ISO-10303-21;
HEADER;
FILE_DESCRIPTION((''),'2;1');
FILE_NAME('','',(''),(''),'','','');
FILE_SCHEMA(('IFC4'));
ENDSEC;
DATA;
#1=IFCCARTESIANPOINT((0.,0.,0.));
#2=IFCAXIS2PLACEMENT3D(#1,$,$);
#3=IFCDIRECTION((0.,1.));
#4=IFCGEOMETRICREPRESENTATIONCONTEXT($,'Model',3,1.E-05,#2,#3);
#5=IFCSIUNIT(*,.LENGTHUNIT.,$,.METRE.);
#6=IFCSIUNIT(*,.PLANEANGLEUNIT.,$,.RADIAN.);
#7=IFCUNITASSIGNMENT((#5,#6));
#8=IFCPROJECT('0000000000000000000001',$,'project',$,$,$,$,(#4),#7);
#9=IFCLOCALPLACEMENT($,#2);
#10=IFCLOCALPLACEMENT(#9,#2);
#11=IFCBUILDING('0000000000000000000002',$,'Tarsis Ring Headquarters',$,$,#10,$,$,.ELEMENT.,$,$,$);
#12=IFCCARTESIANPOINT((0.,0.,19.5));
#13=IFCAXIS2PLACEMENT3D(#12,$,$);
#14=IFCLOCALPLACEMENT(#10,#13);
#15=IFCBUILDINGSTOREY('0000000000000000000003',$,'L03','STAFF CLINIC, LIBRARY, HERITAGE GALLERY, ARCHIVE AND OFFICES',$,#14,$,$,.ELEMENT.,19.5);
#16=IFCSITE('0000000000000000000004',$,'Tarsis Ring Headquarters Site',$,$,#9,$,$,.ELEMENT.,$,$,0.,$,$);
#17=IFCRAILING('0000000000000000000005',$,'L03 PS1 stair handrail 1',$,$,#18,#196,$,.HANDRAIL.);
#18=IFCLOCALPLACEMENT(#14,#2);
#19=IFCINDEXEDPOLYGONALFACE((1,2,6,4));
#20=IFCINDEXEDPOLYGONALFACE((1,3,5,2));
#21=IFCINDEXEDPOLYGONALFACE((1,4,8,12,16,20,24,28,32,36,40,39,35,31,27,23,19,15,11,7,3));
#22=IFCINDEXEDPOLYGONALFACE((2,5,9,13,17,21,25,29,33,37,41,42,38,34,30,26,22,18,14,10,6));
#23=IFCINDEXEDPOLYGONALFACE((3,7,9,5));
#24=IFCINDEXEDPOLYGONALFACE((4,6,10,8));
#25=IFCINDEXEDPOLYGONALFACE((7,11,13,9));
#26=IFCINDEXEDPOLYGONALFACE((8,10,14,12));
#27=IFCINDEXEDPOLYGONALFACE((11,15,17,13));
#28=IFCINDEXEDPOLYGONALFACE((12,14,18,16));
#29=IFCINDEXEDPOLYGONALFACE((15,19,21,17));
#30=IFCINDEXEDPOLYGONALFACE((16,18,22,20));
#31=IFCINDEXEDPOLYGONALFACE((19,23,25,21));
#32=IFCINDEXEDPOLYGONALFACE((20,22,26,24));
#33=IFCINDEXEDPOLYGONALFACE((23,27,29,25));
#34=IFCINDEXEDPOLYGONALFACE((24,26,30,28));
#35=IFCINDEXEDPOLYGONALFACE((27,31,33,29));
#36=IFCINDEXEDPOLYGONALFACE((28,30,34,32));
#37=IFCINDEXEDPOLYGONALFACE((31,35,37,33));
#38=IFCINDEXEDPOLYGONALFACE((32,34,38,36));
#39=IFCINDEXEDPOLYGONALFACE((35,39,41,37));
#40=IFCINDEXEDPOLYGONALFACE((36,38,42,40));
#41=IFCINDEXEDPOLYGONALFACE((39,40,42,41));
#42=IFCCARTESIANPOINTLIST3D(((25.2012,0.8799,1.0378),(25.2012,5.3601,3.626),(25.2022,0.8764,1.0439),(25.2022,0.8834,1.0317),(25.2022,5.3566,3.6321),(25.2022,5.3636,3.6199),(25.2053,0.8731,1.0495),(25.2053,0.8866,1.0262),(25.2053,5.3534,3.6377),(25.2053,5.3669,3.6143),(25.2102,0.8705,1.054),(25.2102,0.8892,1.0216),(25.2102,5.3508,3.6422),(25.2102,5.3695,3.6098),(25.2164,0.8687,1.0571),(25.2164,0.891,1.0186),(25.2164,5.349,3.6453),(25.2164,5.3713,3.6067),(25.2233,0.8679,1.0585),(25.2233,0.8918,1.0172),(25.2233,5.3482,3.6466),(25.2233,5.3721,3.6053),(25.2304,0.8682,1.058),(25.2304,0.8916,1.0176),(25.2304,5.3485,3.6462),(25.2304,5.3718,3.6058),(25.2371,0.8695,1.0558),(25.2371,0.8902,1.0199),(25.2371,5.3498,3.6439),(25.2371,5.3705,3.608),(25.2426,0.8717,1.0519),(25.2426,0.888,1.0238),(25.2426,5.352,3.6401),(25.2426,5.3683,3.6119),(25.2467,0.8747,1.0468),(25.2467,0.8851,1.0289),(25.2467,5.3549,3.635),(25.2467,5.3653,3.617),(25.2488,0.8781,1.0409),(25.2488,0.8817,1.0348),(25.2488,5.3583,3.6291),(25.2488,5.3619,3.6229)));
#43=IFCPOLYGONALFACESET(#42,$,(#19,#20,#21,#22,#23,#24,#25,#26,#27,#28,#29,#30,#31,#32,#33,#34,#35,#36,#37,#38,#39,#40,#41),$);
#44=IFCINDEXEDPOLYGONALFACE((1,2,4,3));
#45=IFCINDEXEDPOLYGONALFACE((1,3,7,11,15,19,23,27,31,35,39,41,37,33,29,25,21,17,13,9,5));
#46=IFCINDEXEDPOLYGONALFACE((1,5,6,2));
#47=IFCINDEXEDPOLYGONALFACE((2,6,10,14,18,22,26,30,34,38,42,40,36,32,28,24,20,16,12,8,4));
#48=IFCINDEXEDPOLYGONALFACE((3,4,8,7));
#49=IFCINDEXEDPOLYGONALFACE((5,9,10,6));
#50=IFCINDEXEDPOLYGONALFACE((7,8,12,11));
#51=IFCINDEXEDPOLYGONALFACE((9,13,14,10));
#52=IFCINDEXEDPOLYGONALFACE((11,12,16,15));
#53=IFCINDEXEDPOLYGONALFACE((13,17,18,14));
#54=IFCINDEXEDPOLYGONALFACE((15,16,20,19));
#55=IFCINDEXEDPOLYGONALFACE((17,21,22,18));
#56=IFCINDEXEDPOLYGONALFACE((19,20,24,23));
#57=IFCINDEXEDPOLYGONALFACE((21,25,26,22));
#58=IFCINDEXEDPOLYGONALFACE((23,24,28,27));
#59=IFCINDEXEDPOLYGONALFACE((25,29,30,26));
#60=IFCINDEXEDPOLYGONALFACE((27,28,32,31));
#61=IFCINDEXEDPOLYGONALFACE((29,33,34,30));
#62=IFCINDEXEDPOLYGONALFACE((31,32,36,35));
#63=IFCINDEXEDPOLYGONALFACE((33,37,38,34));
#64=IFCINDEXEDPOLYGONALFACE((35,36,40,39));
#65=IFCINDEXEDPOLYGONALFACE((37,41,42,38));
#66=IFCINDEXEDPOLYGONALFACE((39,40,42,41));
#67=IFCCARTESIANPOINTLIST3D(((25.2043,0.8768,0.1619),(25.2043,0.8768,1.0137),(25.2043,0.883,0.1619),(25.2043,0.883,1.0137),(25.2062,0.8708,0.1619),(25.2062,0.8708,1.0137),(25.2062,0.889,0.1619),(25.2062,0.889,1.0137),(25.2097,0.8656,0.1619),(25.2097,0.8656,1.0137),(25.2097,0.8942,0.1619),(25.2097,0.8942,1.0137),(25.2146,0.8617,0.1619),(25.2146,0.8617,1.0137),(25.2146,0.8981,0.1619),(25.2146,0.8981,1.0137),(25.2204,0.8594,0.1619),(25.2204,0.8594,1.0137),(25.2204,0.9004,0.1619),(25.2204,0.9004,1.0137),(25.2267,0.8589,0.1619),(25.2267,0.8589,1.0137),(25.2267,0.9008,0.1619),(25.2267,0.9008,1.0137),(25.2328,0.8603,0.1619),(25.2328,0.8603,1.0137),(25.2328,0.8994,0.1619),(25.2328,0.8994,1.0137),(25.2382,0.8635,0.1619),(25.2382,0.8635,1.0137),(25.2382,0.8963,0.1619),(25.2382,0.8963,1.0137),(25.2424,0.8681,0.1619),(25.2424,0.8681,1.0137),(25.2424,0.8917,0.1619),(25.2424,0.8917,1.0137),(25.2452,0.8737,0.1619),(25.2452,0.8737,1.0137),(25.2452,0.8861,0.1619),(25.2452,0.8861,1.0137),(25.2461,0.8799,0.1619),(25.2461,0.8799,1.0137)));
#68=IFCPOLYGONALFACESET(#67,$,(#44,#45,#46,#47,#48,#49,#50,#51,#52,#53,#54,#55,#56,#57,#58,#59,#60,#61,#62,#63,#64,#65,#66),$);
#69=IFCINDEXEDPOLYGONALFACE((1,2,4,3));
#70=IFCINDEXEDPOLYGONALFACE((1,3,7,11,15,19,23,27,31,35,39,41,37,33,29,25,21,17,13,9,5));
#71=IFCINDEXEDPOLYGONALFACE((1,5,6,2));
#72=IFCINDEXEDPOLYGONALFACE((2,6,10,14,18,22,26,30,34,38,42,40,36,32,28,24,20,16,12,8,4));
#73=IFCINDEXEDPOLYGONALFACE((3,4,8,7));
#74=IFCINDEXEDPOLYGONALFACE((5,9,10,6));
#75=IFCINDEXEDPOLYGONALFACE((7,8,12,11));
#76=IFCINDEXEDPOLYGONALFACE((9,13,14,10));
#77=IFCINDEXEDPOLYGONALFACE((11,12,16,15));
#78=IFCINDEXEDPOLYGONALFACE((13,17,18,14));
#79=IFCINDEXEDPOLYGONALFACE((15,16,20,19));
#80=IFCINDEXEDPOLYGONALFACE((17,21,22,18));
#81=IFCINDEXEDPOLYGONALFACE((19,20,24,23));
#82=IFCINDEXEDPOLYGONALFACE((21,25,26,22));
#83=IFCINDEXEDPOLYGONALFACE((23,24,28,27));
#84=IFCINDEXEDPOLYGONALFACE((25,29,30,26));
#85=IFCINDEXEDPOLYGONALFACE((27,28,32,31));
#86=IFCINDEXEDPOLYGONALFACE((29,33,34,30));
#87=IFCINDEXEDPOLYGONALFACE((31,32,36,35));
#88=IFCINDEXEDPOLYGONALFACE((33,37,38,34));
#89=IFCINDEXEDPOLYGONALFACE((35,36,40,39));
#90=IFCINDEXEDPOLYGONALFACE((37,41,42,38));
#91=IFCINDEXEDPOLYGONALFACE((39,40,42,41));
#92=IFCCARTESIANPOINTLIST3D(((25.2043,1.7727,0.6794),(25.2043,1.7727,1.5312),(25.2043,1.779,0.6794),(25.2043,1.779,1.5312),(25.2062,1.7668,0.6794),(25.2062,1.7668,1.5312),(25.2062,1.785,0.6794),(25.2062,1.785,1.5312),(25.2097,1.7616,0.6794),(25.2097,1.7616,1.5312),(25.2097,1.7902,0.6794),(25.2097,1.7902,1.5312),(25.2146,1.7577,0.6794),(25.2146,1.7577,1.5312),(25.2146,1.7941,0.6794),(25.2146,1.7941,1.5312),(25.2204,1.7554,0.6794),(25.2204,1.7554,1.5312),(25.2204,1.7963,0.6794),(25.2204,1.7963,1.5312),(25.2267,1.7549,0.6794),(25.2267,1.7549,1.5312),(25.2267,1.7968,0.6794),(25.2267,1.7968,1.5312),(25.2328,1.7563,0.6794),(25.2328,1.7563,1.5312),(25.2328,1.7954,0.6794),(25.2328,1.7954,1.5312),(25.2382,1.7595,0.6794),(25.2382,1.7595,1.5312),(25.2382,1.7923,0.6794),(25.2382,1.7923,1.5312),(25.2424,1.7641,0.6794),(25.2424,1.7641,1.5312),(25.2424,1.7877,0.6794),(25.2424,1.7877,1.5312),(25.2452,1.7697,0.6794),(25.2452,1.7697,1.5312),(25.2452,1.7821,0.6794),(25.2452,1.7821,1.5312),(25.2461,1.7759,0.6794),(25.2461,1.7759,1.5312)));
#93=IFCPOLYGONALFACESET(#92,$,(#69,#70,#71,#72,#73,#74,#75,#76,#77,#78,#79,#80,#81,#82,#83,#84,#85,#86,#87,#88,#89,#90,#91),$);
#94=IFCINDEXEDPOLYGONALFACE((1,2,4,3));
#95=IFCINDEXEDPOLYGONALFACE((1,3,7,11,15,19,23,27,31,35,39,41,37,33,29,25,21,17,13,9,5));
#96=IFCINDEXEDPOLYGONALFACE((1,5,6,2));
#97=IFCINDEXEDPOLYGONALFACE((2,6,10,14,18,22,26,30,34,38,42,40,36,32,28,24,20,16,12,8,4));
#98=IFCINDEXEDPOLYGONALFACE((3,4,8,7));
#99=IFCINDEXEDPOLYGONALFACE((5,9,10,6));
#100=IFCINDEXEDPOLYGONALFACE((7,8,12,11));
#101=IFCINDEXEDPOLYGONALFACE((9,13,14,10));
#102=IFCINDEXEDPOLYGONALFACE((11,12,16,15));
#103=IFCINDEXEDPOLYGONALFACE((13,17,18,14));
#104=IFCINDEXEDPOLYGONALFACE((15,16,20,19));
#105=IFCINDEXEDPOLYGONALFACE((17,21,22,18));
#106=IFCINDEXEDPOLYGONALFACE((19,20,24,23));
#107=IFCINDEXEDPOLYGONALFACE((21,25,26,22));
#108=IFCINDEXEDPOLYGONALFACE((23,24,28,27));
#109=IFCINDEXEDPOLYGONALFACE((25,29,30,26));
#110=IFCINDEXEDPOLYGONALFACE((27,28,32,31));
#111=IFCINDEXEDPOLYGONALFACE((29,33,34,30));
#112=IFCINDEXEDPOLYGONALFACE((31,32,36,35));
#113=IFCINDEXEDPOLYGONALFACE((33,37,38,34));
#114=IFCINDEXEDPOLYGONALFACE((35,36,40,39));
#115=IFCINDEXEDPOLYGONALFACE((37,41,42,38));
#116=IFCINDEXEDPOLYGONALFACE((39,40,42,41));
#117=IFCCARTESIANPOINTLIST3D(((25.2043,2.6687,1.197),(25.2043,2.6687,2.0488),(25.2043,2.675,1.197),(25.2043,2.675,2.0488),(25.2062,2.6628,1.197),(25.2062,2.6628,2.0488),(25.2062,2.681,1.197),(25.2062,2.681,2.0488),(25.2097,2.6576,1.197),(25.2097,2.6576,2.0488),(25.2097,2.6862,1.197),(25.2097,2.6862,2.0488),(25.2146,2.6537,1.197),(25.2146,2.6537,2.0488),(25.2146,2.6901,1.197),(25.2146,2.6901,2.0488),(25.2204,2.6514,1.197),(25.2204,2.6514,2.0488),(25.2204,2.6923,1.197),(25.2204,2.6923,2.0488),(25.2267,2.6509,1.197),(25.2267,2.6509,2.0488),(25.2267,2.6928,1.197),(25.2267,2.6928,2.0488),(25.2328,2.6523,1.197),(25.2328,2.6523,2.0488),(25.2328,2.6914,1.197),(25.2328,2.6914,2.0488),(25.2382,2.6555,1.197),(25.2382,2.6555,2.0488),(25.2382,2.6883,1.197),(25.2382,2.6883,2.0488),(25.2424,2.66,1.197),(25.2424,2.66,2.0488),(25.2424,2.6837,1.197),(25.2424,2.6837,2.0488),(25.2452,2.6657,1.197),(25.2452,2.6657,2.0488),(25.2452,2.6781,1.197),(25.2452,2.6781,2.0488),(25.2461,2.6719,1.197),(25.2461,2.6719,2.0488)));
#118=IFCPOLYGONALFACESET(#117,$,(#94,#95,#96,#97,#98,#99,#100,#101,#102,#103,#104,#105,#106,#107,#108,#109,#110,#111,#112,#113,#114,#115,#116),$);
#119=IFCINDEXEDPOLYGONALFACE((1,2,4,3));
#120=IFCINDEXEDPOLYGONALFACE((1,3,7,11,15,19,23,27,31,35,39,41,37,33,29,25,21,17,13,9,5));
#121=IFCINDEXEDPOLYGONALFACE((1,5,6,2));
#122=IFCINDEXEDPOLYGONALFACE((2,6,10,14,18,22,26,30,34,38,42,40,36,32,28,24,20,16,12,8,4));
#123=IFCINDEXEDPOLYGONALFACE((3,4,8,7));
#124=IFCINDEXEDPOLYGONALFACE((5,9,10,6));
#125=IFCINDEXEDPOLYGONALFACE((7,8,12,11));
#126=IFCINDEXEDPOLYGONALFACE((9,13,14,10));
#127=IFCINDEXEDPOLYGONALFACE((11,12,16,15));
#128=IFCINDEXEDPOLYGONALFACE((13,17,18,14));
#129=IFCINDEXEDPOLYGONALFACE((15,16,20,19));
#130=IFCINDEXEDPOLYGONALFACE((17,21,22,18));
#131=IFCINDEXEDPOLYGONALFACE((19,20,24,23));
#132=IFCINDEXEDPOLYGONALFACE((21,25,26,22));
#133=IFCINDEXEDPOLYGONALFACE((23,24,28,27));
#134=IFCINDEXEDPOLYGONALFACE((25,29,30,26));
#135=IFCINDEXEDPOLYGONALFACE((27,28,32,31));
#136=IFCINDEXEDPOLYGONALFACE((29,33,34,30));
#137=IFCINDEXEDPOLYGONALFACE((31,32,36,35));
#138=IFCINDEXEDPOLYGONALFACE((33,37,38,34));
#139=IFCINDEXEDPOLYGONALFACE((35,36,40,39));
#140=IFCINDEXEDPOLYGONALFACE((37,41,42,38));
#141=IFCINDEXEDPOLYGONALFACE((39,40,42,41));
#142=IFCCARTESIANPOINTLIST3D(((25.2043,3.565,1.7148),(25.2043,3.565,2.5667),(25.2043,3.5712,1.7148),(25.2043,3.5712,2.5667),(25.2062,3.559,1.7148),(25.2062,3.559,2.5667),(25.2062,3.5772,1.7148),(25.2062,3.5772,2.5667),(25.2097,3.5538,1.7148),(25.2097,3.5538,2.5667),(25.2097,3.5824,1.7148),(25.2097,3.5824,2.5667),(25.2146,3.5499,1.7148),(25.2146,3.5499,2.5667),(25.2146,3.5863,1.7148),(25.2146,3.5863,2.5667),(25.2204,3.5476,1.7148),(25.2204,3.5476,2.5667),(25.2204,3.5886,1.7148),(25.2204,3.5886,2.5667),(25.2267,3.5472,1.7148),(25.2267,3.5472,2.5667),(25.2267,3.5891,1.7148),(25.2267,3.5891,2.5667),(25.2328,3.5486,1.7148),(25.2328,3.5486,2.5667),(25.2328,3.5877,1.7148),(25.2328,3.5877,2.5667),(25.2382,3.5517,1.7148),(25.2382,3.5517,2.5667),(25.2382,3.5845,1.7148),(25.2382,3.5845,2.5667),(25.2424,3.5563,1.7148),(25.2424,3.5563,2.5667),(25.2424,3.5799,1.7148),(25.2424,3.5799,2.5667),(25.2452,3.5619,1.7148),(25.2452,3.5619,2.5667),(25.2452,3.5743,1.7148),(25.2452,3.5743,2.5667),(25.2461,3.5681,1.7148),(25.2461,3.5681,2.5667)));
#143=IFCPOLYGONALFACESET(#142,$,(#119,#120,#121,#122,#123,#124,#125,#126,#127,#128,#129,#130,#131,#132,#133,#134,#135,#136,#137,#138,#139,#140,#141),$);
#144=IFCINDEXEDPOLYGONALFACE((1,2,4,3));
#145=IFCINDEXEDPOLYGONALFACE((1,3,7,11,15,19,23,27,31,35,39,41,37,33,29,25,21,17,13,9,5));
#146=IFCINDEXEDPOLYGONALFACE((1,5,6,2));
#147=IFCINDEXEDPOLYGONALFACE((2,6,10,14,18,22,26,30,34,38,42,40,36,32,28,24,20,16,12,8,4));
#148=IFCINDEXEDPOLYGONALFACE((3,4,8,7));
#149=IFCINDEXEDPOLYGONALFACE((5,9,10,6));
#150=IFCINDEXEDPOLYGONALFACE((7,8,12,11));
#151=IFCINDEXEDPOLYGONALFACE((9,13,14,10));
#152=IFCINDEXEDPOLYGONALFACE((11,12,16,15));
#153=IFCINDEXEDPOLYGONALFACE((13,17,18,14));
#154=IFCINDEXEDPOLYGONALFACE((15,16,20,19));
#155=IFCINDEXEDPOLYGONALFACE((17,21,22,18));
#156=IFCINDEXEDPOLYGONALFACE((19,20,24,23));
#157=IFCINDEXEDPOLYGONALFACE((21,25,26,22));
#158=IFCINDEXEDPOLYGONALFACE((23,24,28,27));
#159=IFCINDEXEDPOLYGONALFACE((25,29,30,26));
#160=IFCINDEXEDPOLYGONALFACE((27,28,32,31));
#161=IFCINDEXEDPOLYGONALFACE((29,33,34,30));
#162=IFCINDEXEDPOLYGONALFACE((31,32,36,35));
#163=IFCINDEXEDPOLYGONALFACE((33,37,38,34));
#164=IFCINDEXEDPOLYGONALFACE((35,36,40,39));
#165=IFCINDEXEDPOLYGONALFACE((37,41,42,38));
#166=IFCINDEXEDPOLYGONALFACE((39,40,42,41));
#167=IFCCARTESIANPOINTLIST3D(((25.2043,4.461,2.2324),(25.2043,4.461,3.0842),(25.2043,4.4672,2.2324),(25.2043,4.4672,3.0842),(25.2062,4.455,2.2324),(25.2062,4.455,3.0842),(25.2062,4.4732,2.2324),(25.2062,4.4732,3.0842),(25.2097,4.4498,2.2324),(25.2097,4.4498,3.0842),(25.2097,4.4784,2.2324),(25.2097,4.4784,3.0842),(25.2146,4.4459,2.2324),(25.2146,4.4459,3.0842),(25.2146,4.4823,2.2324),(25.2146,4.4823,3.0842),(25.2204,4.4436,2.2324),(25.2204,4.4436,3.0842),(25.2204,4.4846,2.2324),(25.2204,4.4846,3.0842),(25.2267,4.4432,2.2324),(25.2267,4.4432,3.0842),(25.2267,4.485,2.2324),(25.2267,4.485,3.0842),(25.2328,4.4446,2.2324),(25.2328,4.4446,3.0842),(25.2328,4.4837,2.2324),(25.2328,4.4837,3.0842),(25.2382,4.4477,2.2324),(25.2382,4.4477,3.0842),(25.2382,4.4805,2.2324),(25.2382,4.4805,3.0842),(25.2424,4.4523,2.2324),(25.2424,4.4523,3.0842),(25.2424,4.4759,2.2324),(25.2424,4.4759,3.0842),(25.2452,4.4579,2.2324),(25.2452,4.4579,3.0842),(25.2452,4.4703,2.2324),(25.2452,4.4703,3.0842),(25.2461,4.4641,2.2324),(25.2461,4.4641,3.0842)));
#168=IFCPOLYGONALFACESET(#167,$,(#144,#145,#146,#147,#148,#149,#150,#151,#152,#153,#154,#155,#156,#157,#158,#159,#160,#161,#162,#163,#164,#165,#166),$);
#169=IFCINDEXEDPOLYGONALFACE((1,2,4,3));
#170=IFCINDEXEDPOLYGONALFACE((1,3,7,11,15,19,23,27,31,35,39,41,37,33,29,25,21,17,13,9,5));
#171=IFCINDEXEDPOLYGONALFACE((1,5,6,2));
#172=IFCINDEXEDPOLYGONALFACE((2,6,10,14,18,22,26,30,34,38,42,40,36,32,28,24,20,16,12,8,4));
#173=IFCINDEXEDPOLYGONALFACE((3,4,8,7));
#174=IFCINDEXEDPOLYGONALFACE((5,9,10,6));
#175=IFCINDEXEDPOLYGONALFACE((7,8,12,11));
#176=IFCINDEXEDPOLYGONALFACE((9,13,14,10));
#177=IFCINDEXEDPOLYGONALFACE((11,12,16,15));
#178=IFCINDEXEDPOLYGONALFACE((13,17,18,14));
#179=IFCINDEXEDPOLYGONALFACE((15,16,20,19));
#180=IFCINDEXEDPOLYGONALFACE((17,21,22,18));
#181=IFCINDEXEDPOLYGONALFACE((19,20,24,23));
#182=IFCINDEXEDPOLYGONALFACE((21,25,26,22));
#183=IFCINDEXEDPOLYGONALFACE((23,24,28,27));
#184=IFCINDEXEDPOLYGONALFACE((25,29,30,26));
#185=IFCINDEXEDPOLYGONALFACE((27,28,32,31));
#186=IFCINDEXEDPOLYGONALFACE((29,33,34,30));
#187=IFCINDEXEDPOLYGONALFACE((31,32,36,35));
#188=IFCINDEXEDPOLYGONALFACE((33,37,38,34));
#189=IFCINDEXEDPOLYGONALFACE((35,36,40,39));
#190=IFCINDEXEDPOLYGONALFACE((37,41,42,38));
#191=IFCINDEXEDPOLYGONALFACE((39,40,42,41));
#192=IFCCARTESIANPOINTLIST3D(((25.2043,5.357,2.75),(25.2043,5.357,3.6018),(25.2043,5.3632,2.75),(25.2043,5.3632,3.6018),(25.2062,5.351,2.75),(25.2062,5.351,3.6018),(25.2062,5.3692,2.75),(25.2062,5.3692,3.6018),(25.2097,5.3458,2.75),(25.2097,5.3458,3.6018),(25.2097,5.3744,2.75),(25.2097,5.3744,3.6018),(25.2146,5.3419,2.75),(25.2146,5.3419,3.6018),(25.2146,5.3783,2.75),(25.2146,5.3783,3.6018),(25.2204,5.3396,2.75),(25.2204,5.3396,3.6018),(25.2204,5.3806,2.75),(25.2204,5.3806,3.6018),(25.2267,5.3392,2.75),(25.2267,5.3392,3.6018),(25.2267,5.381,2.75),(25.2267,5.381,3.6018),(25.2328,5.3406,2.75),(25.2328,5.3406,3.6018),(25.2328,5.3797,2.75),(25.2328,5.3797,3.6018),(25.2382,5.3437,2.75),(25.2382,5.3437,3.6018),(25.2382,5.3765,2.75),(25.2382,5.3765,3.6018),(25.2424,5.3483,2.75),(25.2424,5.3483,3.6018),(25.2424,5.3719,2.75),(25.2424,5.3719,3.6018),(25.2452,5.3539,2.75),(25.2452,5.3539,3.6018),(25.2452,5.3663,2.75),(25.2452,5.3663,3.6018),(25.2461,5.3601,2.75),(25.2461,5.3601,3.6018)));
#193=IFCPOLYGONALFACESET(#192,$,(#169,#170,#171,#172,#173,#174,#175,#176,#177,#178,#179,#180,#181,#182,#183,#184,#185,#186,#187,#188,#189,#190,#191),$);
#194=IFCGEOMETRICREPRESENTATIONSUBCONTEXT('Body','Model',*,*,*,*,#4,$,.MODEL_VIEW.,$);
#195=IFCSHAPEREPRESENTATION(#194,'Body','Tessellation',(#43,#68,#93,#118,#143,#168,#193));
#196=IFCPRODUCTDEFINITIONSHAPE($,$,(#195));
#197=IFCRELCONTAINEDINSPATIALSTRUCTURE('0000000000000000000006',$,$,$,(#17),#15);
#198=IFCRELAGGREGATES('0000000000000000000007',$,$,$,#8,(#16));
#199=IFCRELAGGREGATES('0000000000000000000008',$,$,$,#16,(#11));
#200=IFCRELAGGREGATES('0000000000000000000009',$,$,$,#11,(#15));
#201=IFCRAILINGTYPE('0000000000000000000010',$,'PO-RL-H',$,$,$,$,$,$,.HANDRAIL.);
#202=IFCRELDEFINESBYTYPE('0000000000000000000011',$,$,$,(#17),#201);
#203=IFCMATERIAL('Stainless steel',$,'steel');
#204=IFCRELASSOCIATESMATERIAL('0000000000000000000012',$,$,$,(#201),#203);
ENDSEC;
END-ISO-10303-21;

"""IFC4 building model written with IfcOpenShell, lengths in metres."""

from ifc_helpers import new_model, si_unit, direction, frame, origin, origin_2d, place, context, subcontext, project, spatial, circle, extrude, material, type_object, element, save


model = new_model("IFC4")

# Units and contexts
model_context = context("Model", 3, precision=1e-05, world=origin(), true_north=direction((0.0, 1.0)))
body_context = subcontext(model_context, "Body", "Model", "MODEL_VIEW")
ifc_project = project(units=[si_unit("LENGTHUNIT", "METRE"), si_unit("PLANEANGLEUNIT", "RADIAN")], contexts=[model_context])

# Site, building, storey
site_placement = place(None, origin())
site = spatial("IfcSite", under=ifc_project, at=site_placement, Name="Tarsis Ring Headquarters Site", CompositionType="ELEMENT", RefElevation=0.0)
building_placement = place(site_placement, origin())
building = spatial("IfcBuilding", under=site, at=building_placement, Name="Tarsis Ring Headquarters", CompositionType="ELEMENT")
storey_placement = place(building_placement, frame((0.0, 0.0, 19.5)))
storey = spatial("IfcBuildingStorey", under=building, at=storey_placement, Name="L03", Description="STAFF CLINIC, LIBRARY, HERITAGE GALLERY, ARCHIVE AND OFFICES", CompositionType="ELEMENT", Elevation=19.5)

# Railing
ifc_material_1 = material(Name="Stainless steel", Category="steel")
railing_type_1 = type_object("IfcRailingType", Name="PO-RL-H", PredefinedType="HANDRAIL", material=ifc_material_1)
railing_1_placement = place(storey_placement, frame((25.2251, 0.8799, 0.1619)))
element("IfcRailing", 1, at=railing_1_placement, inside=storey, type_object=railing_type_1, Name="L03 PS1 stair handrail 1", PredefinedType="HANDRAIL", context=body_context, shape_type="SweptSolid", body=[
    extrude(circle(Radius=0.0239, at=origin_2d()), frame((0.0, 0.0, 0.876), z_axis=(0.0, 0.865902, 0.500214), x_axis=(-1.0, 0.0, 0.0)), (0.0, 0.0, 1.0), 5.1741),
    extrude(circle(Radius=0.021, at=origin_2d()), origin(), (0.0, 0.0, 1.0), 0.8518),
    extrude(circle(Radius=0.021, at=origin_2d()), frame((0.0, 0.896, 0.5176)), (0.0, 0.0, 1.0), 0.8518),
    extrude(circle(Radius=0.021, at=origin_2d()), frame((0.0, 1.792, 1.0352)), (0.0, 0.0, 1.0), 0.8518),
    extrude(circle(Radius=0.021, at=origin_2d()), frame((0.0, 2.6882, 1.553)), (0.0, 0.0, 1.0), 0.8518),
    extrude(circle(Radius=0.021, at=origin_2d()), frame((0.0, 3.5842, 2.0706)), (0.0, 0.0, 1.0), 0.8518),
    extrude(circle(Radius=0.021, at=origin_2d()), frame((0.0, 4.4802, 2.5881)), (0.0, 0.0, 1.0), 0.8518),
])

save(model, "model.ifc")
